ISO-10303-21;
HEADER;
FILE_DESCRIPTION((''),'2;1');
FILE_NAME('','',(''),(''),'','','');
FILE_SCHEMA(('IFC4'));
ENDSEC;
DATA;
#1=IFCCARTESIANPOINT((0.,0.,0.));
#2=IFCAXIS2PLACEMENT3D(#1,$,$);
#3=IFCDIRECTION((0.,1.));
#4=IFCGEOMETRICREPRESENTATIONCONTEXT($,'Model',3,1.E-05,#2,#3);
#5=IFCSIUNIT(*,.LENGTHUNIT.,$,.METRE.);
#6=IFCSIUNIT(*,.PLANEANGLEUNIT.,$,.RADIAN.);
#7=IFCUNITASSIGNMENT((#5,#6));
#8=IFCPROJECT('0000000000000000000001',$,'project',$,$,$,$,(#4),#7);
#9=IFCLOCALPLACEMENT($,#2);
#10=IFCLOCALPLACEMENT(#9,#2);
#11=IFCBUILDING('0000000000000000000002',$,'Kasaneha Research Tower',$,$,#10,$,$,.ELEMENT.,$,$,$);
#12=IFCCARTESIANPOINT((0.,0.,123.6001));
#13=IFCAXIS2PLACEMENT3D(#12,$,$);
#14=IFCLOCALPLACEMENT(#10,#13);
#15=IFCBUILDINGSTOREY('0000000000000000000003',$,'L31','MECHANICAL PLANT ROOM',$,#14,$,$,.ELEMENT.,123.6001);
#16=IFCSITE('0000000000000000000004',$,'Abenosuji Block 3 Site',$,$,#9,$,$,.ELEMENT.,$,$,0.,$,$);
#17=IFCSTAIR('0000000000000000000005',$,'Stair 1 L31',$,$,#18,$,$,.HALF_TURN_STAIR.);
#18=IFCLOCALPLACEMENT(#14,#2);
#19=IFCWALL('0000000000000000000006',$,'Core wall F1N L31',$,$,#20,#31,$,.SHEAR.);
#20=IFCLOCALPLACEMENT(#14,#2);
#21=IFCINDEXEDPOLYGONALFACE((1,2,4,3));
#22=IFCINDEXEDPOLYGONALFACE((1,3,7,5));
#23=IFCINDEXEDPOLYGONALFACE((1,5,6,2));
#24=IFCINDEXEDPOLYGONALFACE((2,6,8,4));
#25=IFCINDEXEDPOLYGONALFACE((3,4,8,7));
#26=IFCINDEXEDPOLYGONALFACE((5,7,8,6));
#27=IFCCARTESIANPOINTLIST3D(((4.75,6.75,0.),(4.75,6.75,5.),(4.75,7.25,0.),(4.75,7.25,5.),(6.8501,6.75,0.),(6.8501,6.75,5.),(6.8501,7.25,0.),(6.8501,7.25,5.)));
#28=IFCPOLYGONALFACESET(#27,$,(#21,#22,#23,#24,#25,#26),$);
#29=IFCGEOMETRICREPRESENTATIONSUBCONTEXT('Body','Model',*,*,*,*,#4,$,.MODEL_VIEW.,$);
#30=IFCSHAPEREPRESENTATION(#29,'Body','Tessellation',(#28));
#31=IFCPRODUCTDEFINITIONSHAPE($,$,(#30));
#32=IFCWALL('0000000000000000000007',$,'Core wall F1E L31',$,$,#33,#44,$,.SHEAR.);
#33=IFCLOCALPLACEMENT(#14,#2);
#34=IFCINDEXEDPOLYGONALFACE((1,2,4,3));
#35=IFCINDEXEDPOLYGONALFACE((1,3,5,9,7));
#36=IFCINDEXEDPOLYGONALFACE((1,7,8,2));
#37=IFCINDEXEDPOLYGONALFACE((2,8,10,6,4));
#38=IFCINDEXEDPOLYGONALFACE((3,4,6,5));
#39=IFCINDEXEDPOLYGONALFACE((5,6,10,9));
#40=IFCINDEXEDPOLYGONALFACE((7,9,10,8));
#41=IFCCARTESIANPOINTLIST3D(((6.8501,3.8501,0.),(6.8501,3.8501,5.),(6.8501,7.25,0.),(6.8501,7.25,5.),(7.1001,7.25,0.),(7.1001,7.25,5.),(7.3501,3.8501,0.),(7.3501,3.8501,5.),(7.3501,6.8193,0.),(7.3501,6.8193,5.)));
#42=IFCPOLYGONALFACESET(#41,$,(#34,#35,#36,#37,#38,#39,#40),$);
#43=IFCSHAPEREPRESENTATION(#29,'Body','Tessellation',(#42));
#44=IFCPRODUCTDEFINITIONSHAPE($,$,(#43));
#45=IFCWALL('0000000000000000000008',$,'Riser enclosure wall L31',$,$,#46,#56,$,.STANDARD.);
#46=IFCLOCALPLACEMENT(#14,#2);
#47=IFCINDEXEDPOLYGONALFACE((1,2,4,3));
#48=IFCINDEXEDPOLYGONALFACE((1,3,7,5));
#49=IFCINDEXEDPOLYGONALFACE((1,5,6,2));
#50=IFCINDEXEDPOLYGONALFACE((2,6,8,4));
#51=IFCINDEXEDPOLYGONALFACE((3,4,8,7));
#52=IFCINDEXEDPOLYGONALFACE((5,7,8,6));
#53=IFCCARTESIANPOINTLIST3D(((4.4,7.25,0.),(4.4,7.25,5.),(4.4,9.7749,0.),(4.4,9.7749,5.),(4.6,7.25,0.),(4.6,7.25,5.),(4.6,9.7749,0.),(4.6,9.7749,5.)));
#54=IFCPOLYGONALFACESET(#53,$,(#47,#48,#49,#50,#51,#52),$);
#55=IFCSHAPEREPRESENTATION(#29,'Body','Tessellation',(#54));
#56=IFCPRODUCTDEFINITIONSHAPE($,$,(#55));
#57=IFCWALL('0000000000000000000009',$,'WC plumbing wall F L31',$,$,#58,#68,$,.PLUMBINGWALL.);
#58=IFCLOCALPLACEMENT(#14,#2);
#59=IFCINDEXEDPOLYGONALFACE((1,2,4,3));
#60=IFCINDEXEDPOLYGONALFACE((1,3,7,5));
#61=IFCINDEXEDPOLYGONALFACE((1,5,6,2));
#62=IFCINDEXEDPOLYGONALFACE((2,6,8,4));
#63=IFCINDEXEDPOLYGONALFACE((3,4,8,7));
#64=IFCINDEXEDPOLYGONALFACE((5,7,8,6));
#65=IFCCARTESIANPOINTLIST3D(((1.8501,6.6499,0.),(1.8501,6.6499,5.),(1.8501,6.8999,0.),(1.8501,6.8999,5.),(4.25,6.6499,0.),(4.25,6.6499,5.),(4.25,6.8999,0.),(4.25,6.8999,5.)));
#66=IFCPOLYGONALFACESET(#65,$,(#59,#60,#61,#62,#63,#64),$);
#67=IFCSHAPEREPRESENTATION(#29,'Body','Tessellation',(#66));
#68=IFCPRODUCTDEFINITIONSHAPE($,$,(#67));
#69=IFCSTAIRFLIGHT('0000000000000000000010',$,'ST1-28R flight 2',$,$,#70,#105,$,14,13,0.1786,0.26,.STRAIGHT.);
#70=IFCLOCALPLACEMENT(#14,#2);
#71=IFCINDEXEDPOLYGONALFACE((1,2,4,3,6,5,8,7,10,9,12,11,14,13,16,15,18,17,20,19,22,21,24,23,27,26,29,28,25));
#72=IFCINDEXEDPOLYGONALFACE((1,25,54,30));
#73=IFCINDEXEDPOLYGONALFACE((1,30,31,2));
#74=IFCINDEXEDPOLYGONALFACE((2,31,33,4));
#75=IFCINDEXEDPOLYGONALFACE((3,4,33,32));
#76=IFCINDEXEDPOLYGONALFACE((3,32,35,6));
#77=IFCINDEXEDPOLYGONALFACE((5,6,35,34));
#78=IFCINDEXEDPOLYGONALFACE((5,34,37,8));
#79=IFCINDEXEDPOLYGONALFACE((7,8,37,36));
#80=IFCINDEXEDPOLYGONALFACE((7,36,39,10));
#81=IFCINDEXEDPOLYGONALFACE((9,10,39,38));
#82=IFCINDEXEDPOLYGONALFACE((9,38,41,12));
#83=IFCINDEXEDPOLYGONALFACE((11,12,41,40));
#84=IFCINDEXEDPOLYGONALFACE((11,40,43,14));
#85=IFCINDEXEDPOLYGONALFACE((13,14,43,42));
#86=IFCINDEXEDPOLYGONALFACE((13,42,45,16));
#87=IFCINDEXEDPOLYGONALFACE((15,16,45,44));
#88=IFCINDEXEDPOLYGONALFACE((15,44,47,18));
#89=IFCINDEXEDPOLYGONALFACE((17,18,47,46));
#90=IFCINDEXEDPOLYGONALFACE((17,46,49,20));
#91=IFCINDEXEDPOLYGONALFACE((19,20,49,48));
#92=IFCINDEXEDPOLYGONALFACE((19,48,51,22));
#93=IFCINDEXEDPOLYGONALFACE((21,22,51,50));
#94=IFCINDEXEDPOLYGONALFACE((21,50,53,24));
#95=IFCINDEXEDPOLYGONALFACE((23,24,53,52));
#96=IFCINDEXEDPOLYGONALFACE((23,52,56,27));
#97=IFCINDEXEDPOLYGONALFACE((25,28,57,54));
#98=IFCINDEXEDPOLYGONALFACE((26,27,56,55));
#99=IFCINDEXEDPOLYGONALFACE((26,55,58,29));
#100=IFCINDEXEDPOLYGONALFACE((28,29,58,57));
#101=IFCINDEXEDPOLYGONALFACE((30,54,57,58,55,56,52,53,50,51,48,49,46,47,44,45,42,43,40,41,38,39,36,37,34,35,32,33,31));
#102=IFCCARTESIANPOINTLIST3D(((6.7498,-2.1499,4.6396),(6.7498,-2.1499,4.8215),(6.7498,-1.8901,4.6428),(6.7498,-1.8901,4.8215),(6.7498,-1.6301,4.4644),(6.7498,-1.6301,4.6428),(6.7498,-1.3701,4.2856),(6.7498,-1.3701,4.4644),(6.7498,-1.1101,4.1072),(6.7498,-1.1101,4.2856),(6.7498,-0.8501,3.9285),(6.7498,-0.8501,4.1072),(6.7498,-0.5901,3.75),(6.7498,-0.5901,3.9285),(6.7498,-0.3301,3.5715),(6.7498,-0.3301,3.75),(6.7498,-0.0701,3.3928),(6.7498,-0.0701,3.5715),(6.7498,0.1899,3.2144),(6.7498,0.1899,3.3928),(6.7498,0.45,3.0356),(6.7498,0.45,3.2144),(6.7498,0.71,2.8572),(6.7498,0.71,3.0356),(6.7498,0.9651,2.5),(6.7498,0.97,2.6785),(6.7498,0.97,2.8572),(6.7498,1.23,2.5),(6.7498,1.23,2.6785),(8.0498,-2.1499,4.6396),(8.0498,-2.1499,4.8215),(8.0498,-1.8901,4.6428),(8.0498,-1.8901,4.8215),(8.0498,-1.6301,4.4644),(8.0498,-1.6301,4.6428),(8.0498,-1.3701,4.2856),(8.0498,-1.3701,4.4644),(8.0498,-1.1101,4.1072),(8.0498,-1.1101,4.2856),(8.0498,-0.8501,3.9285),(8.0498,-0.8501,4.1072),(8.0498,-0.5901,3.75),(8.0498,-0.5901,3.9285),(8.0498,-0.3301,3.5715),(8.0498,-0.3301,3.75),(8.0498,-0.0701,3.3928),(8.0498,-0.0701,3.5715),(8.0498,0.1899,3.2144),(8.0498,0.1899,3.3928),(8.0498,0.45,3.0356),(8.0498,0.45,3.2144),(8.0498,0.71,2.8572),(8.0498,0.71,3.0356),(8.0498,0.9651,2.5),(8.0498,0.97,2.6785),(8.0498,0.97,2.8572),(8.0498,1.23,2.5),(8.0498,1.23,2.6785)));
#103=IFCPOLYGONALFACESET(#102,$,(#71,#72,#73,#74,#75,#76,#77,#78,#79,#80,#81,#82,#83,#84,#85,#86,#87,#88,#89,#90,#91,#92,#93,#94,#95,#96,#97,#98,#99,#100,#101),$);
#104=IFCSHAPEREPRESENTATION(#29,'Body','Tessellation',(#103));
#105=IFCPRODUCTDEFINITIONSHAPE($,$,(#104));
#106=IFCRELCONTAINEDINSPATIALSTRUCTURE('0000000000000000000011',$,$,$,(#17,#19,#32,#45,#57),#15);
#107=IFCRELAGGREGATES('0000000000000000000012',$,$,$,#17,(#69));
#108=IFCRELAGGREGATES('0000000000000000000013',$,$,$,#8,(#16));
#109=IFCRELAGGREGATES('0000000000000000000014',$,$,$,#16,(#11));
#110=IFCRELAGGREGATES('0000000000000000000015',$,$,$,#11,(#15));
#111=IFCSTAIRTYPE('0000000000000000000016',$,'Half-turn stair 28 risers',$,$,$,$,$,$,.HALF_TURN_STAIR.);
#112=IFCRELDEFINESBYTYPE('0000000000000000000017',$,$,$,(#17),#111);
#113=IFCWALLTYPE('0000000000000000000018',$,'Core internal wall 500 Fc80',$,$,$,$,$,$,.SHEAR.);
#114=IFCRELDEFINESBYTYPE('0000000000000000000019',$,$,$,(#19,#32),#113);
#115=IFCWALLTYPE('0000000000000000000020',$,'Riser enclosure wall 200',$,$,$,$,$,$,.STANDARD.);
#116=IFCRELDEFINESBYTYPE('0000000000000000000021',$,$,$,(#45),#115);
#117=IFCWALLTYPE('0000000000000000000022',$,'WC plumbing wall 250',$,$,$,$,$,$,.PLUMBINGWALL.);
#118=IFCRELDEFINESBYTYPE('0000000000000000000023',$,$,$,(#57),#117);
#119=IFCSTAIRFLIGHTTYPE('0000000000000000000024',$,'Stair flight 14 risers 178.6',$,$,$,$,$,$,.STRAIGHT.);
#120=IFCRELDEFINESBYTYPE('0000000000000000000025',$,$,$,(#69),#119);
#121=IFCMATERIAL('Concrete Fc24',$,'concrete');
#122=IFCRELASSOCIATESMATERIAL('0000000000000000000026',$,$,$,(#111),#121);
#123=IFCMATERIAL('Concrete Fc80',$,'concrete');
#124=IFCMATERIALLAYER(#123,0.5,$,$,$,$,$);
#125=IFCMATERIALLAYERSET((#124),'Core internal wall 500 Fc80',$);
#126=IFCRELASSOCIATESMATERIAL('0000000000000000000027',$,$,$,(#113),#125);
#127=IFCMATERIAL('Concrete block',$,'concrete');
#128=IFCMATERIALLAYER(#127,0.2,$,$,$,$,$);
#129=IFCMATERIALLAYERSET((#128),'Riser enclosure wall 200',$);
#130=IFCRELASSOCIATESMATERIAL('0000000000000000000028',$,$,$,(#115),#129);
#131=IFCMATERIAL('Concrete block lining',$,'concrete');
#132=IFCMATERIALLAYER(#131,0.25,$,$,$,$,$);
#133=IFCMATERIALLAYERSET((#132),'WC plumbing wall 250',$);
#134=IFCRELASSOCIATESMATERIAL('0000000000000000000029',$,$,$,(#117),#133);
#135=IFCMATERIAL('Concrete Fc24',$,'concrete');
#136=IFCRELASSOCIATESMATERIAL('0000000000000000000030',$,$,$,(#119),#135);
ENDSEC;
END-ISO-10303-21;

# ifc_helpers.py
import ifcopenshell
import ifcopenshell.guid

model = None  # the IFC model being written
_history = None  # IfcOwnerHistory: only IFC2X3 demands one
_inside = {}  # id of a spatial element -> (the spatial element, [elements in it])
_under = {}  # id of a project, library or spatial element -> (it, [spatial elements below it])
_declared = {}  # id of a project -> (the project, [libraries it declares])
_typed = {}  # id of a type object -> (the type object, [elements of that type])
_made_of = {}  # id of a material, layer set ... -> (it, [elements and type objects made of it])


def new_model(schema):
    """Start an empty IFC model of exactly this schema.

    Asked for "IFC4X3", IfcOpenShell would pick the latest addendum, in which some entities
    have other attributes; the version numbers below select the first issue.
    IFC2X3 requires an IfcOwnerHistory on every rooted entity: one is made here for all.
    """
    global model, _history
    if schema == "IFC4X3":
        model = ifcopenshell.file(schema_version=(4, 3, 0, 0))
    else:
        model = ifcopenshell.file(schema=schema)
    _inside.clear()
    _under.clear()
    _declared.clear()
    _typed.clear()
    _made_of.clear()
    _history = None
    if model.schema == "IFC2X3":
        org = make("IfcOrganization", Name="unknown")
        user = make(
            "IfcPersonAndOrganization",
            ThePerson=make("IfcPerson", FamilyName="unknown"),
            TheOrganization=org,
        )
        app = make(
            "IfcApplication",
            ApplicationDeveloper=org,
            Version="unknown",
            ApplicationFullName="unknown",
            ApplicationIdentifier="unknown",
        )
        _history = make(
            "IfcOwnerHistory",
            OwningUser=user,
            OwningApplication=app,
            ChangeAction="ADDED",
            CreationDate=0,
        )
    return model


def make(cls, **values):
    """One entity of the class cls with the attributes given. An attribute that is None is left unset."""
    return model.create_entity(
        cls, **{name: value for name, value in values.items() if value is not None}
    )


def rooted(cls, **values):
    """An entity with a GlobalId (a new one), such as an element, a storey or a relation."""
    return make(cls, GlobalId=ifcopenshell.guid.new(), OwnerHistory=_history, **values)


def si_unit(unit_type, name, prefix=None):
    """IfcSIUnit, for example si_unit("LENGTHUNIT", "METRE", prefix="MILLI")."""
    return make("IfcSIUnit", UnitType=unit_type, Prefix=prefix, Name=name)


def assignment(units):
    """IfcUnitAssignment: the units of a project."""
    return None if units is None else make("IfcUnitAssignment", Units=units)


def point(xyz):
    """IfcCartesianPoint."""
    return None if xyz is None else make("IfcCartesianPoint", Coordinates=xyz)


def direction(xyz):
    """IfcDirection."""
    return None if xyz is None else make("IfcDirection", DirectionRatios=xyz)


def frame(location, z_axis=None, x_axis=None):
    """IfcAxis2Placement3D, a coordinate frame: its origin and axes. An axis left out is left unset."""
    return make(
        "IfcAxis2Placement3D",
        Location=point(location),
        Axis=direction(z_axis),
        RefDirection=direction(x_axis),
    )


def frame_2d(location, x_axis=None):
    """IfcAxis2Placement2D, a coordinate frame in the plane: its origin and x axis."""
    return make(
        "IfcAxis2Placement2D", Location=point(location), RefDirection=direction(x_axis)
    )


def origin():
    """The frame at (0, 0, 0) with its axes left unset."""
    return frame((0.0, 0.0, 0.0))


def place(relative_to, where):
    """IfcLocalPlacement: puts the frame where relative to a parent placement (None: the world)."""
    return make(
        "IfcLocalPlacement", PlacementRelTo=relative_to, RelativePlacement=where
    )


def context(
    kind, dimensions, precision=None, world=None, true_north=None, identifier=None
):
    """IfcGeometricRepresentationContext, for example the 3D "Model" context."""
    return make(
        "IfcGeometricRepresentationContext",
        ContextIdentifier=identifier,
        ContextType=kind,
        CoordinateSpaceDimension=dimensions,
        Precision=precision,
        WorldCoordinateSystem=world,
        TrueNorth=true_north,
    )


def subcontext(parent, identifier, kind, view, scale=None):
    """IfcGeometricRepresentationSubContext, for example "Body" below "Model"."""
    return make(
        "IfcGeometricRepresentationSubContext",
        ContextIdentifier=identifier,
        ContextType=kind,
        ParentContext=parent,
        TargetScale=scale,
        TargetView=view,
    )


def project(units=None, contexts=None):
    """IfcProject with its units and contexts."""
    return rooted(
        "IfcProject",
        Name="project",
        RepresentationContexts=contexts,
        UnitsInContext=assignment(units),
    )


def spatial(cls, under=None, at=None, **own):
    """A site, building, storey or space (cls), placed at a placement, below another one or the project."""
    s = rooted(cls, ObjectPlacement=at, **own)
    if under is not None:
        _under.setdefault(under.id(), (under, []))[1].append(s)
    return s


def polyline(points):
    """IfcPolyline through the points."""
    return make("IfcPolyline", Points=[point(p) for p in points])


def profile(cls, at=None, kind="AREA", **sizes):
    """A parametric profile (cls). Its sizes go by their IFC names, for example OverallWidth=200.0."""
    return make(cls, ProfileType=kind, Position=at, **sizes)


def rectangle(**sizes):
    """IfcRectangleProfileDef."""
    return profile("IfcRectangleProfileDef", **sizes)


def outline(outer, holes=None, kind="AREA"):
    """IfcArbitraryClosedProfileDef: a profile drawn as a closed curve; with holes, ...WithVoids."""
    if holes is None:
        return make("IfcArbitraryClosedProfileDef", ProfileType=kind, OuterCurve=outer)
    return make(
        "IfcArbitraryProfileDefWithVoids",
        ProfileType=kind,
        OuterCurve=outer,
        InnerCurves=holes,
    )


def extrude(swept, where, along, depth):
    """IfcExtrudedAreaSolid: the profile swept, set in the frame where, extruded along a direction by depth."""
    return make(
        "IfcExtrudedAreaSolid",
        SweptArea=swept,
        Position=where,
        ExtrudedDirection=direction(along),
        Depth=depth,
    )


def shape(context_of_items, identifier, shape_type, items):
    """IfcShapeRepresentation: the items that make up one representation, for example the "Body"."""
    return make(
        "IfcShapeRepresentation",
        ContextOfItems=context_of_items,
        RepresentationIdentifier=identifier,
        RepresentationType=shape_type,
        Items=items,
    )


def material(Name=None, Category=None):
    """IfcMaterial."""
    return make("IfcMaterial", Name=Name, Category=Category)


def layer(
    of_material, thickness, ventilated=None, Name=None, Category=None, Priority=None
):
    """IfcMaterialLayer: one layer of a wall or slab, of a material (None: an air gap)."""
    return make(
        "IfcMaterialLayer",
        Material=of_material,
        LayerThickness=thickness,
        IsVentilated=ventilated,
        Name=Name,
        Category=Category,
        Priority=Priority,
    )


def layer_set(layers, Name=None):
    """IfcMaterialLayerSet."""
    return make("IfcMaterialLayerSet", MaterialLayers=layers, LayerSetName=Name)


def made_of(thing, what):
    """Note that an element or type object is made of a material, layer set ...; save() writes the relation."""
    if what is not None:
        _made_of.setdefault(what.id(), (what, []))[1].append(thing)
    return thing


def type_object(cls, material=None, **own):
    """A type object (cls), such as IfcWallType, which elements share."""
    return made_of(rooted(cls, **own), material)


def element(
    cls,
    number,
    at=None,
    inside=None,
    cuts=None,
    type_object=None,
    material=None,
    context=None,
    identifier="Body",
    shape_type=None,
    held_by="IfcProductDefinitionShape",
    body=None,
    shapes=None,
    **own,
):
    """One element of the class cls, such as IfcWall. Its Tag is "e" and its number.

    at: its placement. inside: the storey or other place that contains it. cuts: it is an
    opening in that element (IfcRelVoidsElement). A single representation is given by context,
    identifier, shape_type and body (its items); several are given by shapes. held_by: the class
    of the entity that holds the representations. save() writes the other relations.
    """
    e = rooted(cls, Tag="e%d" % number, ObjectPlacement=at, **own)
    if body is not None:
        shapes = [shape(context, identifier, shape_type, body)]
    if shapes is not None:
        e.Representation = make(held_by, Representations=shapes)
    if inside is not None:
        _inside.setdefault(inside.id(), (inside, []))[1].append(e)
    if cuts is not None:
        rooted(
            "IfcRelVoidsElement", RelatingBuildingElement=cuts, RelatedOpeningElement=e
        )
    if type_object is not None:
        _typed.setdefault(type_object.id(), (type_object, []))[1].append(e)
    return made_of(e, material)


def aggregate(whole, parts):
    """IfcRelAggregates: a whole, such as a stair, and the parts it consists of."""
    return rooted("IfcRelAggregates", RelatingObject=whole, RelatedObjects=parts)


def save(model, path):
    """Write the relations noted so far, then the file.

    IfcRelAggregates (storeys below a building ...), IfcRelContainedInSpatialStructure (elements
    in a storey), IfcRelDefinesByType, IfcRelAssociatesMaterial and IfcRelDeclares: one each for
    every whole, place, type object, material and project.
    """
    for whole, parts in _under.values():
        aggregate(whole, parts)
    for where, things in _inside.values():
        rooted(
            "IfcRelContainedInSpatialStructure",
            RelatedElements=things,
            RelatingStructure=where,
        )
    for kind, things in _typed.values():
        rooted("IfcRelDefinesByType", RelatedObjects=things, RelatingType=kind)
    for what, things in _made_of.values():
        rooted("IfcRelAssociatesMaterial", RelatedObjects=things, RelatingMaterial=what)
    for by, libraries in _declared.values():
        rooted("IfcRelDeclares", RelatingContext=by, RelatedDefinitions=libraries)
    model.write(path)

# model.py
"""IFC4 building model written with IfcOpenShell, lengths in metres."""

from ifc_helpers import new_model, si_unit, direction, frame, frame_2d, origin, place, context, subcontext, project, spatial, polyline, rectangle, outline, extrude, material, layer, layer_set, type_object, element, aggregate, save


model = new_model("IFC4")

# Units and contexts
model_context = context("Model", 3, precision=1e-05, world=origin(), true_north=direction((0.0, 1.0)))
body_context = subcontext(model_context, "Body", "Model", "MODEL_VIEW")
ifc_project = project(units=[si_unit("LENGTHUNIT", "METRE"), si_unit("PLANEANGLEUNIT", "RADIAN")], contexts=[model_context])

# Site, building, storey
site_placement = place(None, origin())
site = spatial("IfcSite", under=ifc_project, at=site_placement, Name="Abenosuji Block 3 Site", CompositionType="ELEMENT", RefElevation=0.0)
building_placement = place(site_placement, origin())
building = spatial("IfcBuilding", under=site, at=building_placement, Name="Kasaneha Research Tower", CompositionType="ELEMENT")
storey_placement = place(building_placement, frame((0.0, 0.0, 123.6001)))
storey = spatial("IfcBuildingStorey", under=building, at=storey_placement, Name="L31", Description="MECHANICAL PLANT ROOM", CompositionType="ELEMENT", Elevation=123.6001)

# Stair
ifc_material_1 = material(Name="Concrete Fc24", Category="concrete")
stair_type = type_object("IfcStairType", Name="Half-turn stair 28 risers", PredefinedType="HALF_TURN_STAIR", material=ifc_material_1)
stair_1_placement = place(storey_placement, origin())
stair_1 = element("IfcStair", 1, at=stair_1_placement, inside=storey, type_object=stair_type, Name="Stair 1 L31", PredefinedType="HALF_TURN_STAIR")

# Shared definitions
ifc_material_2 = material(Name="Concrete Fc80", Category="concrete")
ifc_layer_1 = layer(ifc_material_2, 0.5)
ifc_layer_set_1 = layer_set([ifc_layer_1], Name="Core internal wall 500 Fc80")
wall_type_1 = type_object("IfcWallType", Name="Core internal wall 500 Fc80", PredefinedType="SHEAR", material=ifc_layer_set_1)

# Walls
wall_1_placement = place(storey_placement, frame((4.75, 7.0, 0.0), z_axis=(0.0, 0.0, 1.0), x_axis=(1.0, 0.0, 0.0)))
element("IfcWall", 2, at=wall_1_placement, inside=storey, type_object=wall_type_1, Name="Core wall F1N L31", PredefinedType="SHEAR", context=body_context, shape_type="SweptSolid", body=[
    extrude(rectangle(XDim=2.1001, YDim=0.5, at=frame_2d((1.05, 0.0))), origin(), (0.0, 0.0, 1.0), 5.0),
])
wall_2_placement = place(storey_placement, frame((7.1001, 3.8501, 0.0), z_axis=(0.0, 0.0, 1.0), x_axis=(0.0, 1.0, 0.0)))
element("IfcWall", 3, at=wall_2_placement, inside=storey, type_object=wall_type_1, Name="Core wall F1E L31", PredefinedType="SHEAR", context=body_context, shape_type="SweptSolid", body=[
    extrude(outline(polyline([(0.0, -0.25), (2.9692, -0.25), (3.3999, 0.0), (3.3999, 0.25), (0.0, 0.25), (0.0, -0.25)])), origin(), (0.0, 0.0, 1.0), 5.0),
])
ifc_material_3 = material(Name="Concrete block", Category="concrete")
ifc_layer_2 = layer(ifc_material_3, 0.2)
ifc_layer_set_2 = layer_set([ifc_layer_2], Name="Riser enclosure wall 200")
wall_type_2 = type_object("IfcWallType", Name="Riser enclosure wall 200", PredefinedType="STANDARD", material=ifc_layer_set_2)
wall_3_placement = place(storey_placement, frame((4.5, 7.25, 0.0), z_axis=(0.0, 0.0, 1.0), x_axis=(0.0, 1.0, 0.0)))
element("IfcWall", 4, at=wall_3_placement, inside=storey, type_object=wall_type_2, Name="Riser enclosure wall L31", PredefinedType="STANDARD", context=body_context, shape_type="SweptSolid", body=[
    extrude(rectangle(XDim=2.5249, YDim=0.2, at=frame_2d((1.2625, 0.0))), origin(), (0.0, 0.0, 1.0), 5.0),
])
ifc_material_4 = material(Name="Concrete block lining", Category="concrete")
ifc_layer_3 = layer(ifc_material_4, 0.25)
ifc_layer_set_3 = layer_set([ifc_layer_3], Name="WC plumbing wall 250")
wall_type_3 = type_object("IfcWallType", Name="WC plumbing wall 250", PredefinedType="PLUMBINGWALL", material=ifc_layer_set_3)
wall_4_placement = place(storey_placement, frame((1.8501, 6.7749, 0.0), z_axis=(0.0, 0.0, 1.0), x_axis=(1.0, 0.0, 0.0)))
element("IfcWall", 5, at=wall_4_placement, inside=storey, type_object=wall_type_3, Name="WC plumbing wall F L31", PredefinedType="PLUMBINGWALL", context=body_context, shape_type="SweptSolid", body=[
    extrude(rectangle(XDim=2.3999, YDim=0.25, at=frame_2d((1.2, 0.0))), origin(), (0.0, 0.0, 1.0), 5.0),
])

# Stair flight
ifc_material_5 = material(Name="Concrete Fc24", Category="concrete")
stair_flight_type = type_object("IfcStairFlightType", Name="Stair flight 14 risers 178.6", PredefinedType="STRAIGHT", material=ifc_material_5)
stair_flight_placement = place(storey_placement, frame((7.3999, 1.23, 2.5), z_axis=(0.0, 0.0, 1.0), x_axis=(0.0, -1.0, 0.0)))
stair_flight = element("IfcStairFlight", 6, at=stair_flight_placement, type_object=stair_flight_type, Name="ST1-28R flight 2", NumberOfRisers=14, NumberOfTreads=13, PredefinedType="STRAIGHT", RiserHeight=0.1786, TreadLength=0.26, context=body_context, shape_type="SweptSolid", body=[
    extrude(outline(polyline([(0.0, 0.0), (0.0, 0.1785), (0.26, 0.1785), (0.26, 0.3572), (0.52, 0.3572), (0.52, 0.5356), (0.78, 0.5356), (0.78, 0.7144), (1.04, 0.7144), (1.04, 0.8928), (1.3, 0.8928), (1.3, 1.0715), (1.5601, 1.0715), (1.5601, 1.25), (1.8201, 1.25), (1.8201, 1.4285), (2.0801, 1.4285), (2.0801, 1.6072), (2.3401, 1.6072), (2.3401, 1.7856), (2.6001, 1.7856), (2.6001, 1.9644), (2.8601, 1.9644), (2.8601, 2.1428), (3.1201, 2.1428), (3.1201, 2.3215), (3.3799, 2.3215), (3.3799, 2.5), (3.3799, 2.1396), (0.2649, 0.0), (0.0, 0.0)])), frame((0.0, 0.6499, 0.0), z_axis=(0.0, -1.0, 0.0), x_axis=(1.0, 0.0, 0.0)), (0.0, 0.0, 1.0), 1.3),
])
aggregate(stair_1, [stair_flight])

save(model, "model.ifc")
